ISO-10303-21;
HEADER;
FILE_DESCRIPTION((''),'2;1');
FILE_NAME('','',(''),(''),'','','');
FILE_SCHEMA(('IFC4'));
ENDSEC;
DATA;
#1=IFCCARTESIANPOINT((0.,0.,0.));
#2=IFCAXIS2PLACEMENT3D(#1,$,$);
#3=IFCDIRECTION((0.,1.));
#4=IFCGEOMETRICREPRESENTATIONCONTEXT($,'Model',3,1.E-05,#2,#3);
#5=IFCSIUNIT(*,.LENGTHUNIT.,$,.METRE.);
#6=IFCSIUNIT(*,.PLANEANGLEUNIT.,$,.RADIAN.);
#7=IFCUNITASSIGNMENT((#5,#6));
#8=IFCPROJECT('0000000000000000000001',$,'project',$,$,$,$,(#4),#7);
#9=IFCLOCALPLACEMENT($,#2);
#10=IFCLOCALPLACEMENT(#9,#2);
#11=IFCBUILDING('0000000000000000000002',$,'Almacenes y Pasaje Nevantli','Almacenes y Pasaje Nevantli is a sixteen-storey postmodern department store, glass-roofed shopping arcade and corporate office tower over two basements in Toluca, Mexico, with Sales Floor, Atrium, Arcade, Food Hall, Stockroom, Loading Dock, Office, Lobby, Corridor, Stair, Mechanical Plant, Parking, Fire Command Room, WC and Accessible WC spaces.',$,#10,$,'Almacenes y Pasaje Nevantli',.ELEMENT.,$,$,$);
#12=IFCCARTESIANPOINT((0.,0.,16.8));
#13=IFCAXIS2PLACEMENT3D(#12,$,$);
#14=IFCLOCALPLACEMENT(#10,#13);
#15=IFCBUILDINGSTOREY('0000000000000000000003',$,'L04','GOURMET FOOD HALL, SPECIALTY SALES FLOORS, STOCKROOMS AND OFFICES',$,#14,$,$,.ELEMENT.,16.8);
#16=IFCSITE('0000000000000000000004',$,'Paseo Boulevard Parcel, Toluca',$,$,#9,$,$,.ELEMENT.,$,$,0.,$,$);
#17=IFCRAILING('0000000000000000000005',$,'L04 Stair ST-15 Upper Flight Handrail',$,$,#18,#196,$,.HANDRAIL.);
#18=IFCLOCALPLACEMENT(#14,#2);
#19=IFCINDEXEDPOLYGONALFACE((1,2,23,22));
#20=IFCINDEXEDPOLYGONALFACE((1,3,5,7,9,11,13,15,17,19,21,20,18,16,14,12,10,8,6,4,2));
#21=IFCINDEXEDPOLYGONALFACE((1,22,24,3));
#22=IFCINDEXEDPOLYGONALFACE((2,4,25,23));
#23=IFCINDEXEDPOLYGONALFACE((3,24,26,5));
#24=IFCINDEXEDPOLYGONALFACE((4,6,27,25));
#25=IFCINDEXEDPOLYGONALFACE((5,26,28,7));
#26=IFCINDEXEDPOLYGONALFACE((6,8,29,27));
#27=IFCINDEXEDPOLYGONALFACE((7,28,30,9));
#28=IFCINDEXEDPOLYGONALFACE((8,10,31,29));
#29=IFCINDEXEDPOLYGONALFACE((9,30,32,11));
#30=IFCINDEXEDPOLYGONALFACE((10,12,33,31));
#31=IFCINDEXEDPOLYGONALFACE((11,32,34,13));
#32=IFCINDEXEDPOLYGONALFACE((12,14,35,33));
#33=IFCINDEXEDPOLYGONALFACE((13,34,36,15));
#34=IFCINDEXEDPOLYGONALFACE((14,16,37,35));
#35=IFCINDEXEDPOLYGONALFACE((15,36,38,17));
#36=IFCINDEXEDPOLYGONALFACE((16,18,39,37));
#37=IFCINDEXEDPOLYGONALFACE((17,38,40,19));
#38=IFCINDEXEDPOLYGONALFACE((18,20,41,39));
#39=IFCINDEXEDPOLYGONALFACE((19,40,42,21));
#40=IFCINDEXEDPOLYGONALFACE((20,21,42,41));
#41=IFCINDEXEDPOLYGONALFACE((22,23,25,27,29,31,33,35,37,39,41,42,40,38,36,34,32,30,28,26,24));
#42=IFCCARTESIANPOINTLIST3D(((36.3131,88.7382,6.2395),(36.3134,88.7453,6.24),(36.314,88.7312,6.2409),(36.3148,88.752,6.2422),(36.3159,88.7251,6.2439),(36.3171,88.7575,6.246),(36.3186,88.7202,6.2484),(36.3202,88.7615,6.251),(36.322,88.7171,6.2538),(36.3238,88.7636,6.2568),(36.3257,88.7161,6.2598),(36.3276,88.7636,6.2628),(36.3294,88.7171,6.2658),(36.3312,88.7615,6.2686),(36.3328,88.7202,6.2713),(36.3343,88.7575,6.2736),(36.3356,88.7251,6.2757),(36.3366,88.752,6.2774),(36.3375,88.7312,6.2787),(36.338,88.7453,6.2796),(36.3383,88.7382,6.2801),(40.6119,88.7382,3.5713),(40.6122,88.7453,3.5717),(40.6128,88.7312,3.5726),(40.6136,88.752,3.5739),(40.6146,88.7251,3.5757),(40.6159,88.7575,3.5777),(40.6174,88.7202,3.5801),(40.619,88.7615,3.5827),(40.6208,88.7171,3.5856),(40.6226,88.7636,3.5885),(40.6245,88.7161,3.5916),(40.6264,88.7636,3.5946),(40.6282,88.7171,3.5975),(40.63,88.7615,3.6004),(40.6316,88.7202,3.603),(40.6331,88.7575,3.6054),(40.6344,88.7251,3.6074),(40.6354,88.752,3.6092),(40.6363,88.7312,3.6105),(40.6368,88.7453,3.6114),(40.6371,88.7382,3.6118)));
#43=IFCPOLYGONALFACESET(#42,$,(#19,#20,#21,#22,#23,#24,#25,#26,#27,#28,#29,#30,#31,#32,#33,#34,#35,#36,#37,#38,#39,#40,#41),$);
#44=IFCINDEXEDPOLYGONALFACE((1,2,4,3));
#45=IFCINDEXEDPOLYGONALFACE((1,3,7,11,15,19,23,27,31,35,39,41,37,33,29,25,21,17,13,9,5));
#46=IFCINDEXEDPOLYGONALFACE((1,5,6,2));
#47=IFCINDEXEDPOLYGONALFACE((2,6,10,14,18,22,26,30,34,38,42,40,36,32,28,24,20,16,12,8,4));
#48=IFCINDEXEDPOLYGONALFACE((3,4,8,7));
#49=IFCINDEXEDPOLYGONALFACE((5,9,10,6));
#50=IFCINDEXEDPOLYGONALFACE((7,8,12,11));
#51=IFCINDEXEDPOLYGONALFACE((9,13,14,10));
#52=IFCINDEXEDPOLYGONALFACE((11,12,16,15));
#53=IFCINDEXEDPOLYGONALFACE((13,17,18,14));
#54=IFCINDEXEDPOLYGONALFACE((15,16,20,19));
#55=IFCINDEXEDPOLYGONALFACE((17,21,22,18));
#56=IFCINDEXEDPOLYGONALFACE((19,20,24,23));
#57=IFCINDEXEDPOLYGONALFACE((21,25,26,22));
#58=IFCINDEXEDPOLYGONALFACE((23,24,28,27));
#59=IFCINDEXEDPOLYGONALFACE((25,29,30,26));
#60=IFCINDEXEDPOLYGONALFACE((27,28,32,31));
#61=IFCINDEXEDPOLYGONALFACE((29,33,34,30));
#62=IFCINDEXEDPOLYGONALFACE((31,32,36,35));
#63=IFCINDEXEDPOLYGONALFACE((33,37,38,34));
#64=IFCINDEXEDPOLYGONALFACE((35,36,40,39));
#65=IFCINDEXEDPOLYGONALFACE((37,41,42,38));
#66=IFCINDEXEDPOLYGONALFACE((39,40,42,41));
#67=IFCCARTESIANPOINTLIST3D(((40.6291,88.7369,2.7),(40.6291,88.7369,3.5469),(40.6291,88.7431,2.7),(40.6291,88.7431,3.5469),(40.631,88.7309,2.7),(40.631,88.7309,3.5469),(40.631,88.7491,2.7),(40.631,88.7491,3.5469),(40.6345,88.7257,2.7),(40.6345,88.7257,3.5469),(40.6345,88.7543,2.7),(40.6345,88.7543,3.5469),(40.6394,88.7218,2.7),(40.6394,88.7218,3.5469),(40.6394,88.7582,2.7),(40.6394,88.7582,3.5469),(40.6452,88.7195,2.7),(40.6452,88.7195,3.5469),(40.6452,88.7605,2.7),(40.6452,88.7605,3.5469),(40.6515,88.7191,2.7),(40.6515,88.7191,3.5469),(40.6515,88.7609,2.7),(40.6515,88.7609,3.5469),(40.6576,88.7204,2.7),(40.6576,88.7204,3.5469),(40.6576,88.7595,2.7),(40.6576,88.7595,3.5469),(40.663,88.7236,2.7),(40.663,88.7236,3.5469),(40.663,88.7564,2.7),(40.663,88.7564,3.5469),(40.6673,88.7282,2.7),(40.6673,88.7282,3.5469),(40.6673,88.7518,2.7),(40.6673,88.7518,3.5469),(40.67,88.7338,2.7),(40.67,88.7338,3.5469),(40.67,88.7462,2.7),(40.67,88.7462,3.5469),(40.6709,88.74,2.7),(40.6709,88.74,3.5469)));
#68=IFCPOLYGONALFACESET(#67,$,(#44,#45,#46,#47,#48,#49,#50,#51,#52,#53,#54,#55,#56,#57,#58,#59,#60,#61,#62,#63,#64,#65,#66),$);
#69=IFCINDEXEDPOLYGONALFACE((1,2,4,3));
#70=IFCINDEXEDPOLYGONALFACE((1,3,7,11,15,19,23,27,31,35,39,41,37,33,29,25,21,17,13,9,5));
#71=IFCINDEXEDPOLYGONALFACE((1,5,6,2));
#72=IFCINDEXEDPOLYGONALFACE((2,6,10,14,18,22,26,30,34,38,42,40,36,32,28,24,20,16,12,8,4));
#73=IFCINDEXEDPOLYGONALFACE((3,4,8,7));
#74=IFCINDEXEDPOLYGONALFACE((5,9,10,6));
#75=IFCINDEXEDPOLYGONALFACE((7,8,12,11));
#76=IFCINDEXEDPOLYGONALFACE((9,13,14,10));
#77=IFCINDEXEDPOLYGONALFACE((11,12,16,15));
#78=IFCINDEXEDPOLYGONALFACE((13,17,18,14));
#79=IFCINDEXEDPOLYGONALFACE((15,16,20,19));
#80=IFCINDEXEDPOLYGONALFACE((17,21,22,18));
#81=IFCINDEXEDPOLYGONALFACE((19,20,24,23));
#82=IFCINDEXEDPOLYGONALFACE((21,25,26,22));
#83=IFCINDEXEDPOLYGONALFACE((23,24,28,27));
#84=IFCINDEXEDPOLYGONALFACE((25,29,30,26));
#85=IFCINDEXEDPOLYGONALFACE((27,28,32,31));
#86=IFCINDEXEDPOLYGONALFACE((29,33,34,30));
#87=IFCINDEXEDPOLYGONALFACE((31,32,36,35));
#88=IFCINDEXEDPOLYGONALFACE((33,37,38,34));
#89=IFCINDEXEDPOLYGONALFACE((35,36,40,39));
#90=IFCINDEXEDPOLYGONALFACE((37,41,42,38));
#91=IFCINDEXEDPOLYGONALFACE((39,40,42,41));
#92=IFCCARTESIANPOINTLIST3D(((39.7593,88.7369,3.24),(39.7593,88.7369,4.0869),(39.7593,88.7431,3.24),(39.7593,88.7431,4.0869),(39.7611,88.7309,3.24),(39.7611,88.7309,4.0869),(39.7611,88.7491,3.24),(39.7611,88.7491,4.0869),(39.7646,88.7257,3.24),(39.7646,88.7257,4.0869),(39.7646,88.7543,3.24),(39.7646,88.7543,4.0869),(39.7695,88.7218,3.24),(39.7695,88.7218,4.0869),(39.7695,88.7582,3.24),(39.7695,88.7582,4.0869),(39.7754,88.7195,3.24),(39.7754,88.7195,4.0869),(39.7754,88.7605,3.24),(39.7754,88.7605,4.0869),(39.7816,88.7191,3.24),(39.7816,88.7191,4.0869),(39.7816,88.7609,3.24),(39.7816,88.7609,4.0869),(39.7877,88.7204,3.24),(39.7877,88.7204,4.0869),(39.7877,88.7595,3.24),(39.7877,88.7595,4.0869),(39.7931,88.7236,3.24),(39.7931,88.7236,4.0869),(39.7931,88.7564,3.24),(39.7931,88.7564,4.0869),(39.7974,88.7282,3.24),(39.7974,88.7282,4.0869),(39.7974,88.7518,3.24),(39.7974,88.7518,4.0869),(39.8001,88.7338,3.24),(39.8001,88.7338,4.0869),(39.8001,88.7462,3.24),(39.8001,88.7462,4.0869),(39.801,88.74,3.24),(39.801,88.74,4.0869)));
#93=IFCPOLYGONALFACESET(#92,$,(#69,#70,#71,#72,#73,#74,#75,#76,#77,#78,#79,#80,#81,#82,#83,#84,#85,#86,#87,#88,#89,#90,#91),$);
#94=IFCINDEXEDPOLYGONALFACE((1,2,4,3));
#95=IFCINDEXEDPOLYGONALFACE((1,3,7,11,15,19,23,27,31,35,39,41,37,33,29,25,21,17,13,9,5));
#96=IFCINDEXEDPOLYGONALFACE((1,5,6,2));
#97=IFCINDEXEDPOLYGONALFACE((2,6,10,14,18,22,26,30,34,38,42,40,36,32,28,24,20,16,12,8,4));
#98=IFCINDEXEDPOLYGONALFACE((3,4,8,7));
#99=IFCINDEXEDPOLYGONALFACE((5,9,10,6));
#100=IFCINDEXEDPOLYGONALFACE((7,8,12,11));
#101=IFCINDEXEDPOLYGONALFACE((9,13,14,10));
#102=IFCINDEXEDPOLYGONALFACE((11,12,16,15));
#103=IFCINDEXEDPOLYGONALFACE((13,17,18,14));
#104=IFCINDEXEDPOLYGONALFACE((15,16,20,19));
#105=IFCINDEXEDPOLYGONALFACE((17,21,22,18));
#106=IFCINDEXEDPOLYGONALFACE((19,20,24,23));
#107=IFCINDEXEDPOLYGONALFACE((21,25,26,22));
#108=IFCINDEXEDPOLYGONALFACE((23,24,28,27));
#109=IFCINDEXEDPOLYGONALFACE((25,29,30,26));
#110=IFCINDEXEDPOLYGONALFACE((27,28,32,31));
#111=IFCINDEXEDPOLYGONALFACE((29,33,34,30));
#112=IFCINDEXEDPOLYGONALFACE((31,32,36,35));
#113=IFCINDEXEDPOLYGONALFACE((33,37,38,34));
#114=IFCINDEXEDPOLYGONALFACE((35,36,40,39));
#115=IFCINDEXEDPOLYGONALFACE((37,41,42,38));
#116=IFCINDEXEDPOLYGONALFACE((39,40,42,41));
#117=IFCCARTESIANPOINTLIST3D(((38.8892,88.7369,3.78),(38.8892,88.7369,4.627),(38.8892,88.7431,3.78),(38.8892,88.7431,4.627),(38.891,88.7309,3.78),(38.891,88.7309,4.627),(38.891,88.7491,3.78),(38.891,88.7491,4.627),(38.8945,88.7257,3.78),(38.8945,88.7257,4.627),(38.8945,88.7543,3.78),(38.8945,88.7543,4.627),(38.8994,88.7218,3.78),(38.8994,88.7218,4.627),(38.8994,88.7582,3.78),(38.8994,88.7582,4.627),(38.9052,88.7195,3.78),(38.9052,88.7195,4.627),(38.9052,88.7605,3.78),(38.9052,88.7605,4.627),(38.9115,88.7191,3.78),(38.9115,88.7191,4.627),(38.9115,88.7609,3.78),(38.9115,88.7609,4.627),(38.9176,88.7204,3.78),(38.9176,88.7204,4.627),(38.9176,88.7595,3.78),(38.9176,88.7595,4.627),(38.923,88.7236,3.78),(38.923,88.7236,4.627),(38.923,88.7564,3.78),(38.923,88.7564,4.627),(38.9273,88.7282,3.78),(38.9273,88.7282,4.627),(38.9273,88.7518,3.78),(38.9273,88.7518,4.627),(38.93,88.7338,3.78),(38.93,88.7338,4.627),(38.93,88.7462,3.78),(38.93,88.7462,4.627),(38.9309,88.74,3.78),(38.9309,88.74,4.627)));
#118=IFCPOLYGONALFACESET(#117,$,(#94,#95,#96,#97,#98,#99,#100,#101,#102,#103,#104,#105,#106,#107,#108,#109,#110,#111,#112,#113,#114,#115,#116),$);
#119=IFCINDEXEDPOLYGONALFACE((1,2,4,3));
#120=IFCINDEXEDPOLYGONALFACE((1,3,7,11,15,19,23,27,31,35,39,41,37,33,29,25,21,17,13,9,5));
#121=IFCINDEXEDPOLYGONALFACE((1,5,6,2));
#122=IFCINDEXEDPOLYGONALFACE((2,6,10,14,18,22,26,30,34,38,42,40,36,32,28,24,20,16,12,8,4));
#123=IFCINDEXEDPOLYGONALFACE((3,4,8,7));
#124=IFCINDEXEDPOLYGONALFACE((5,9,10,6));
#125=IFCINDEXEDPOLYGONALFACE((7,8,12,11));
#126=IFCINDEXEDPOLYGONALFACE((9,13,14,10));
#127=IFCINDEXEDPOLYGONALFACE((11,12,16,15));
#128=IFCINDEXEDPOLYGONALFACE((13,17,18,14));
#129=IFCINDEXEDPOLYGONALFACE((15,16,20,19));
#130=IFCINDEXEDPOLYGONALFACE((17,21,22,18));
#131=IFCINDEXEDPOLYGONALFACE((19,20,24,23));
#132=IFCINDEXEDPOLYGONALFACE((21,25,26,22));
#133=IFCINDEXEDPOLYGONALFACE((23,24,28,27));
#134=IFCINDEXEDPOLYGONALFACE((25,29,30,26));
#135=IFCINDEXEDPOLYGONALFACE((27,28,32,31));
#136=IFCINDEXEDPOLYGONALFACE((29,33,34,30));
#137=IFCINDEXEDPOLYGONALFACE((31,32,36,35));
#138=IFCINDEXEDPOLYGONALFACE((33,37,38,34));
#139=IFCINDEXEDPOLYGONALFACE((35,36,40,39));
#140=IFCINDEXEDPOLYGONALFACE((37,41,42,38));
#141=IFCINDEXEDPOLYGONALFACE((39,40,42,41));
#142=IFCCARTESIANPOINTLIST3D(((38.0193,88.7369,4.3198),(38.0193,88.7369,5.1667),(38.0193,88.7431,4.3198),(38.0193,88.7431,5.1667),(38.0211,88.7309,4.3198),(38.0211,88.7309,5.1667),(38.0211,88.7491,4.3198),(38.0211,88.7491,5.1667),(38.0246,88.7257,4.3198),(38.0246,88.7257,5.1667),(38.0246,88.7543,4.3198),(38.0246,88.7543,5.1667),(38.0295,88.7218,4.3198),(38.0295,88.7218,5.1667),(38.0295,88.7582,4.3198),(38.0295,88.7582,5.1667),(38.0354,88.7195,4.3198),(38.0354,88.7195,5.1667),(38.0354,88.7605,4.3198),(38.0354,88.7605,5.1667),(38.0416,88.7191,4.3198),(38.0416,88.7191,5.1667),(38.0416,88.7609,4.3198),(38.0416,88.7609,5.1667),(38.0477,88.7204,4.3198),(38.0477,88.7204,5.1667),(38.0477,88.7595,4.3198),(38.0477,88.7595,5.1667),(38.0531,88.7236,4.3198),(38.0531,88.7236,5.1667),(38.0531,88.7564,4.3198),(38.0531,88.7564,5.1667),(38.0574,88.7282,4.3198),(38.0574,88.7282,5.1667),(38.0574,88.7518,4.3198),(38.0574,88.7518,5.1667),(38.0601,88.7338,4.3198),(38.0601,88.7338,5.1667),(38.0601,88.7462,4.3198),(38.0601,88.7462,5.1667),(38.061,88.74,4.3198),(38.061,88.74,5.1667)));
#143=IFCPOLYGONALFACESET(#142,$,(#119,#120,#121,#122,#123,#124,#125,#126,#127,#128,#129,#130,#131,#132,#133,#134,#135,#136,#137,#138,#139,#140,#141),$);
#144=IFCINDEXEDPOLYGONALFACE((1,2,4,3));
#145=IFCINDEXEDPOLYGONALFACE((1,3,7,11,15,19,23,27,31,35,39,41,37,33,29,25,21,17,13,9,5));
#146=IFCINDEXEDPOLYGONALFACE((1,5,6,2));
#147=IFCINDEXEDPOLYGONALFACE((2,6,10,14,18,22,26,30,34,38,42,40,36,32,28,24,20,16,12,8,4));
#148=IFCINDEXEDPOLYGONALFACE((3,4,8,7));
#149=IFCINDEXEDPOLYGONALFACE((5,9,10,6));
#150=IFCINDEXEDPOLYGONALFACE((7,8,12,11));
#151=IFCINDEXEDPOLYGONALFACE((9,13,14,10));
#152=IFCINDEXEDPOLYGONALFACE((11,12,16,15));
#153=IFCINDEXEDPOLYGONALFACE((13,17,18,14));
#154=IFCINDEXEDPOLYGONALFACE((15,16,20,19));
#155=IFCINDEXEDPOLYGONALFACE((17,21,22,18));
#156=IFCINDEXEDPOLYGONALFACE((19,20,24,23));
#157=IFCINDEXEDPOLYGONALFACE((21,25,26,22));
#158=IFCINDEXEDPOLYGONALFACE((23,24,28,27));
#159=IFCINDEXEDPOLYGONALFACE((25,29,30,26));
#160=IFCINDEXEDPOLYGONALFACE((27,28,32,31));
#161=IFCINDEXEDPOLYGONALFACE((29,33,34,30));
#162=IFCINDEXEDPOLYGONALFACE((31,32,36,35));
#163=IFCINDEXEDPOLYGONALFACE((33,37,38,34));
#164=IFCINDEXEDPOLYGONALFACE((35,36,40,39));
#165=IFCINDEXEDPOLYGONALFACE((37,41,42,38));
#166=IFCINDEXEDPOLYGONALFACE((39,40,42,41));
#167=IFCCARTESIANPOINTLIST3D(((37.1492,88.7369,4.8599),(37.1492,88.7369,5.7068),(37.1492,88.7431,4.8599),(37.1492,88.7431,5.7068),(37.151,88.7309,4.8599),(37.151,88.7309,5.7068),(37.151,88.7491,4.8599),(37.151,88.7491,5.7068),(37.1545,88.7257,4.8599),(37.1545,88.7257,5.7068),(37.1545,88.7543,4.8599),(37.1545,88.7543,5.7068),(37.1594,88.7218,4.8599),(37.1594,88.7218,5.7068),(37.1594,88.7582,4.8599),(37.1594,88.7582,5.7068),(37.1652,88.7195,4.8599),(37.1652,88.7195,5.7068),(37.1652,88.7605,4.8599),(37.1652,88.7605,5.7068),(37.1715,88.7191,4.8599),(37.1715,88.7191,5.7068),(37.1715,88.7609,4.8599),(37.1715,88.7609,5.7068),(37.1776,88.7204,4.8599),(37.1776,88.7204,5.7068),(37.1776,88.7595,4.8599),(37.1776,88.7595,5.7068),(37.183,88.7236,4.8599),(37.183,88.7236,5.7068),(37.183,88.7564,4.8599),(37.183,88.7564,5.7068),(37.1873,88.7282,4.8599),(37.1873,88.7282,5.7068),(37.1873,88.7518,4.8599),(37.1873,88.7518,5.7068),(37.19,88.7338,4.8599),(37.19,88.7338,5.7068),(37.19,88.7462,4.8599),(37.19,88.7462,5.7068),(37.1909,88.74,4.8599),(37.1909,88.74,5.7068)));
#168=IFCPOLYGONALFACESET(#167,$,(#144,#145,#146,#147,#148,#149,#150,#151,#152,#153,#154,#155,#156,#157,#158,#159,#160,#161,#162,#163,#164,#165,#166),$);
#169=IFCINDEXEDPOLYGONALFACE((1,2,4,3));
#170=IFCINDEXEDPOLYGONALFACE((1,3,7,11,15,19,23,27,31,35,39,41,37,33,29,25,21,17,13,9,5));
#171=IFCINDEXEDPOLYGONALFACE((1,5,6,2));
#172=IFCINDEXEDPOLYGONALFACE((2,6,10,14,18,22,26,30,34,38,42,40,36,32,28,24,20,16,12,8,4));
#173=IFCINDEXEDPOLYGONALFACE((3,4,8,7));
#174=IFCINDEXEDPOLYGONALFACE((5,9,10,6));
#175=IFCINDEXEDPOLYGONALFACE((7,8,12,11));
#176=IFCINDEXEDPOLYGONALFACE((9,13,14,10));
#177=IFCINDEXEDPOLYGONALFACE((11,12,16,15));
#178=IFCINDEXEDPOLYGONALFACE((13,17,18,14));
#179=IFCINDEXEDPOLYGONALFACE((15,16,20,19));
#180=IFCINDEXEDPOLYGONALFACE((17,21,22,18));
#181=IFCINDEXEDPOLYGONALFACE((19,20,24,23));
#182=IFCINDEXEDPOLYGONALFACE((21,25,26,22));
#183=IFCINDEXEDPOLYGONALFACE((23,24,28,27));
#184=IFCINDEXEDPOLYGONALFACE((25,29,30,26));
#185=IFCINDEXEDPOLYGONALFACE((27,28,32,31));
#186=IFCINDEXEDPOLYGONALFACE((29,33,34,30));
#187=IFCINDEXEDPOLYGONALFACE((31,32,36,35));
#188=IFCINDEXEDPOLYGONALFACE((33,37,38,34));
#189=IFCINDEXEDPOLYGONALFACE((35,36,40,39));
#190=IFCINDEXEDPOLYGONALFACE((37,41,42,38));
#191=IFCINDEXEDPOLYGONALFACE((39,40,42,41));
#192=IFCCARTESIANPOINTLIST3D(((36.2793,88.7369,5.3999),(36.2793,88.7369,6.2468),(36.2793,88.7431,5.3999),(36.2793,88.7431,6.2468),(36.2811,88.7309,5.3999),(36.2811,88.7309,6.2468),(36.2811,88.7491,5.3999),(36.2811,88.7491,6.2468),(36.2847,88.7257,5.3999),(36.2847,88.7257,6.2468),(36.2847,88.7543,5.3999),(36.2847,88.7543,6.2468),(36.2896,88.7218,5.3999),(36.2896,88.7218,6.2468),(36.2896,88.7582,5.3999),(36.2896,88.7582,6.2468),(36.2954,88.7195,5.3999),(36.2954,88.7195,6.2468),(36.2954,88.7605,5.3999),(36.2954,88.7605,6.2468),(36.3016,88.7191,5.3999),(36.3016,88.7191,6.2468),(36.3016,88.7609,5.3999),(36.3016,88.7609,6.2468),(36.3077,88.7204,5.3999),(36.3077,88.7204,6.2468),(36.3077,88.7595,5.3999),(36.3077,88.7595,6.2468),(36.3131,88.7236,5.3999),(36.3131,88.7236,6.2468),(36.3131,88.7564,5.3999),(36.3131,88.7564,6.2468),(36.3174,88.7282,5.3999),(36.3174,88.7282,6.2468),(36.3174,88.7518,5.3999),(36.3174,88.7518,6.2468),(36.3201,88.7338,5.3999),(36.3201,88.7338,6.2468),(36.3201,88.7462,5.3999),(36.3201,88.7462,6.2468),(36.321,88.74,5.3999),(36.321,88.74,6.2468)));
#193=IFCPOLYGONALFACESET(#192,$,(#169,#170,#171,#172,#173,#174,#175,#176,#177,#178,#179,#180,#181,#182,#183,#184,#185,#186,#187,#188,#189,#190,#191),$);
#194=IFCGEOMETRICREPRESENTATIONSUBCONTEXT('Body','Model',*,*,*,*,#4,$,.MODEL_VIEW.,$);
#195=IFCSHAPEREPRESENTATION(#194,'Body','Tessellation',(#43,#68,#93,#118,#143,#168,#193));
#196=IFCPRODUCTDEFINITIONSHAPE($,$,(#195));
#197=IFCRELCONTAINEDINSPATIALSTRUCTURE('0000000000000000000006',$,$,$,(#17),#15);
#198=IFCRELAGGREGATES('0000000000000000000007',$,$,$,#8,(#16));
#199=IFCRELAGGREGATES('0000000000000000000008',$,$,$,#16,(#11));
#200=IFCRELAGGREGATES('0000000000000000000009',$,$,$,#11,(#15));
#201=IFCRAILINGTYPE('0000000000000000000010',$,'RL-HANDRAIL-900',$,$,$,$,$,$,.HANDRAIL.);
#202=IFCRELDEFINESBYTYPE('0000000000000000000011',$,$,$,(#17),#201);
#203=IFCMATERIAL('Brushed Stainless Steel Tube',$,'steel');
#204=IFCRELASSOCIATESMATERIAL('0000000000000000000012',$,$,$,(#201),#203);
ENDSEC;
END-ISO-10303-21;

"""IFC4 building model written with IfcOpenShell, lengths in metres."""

from ifc_helpers import new_model, si_unit, direction, frame, origin, origin_2d, place, context, subcontext, project, spatial, circle, extrude, material, type_object, element, save


model = new_model("IFC4")

# Units and contexts
model_context = context("Model", 3, precision=1e-05, world=origin(), true_north=direction((0.0, 1.0)))
body_context = subcontext(model_context, "Body", "Model", "MODEL_VIEW")
ifc_project = project(units=[si_unit("LENGTHUNIT", "METRE"), si_unit("PLANEANGLEUNIT", "RADIAN")], contexts=[model_context])

# Site, building, storey
site_placement = place(None, origin())
site = spatial("IfcSite", under=ifc_project, at=site_placement, Name="Paseo Boulevard Parcel, Toluca", CompositionType="ELEMENT", RefElevation=0.0)
building_placement = place(site_placement, origin())
building = spatial("IfcBuilding", under=site, at=building_placement, Name="Almacenes y Pasaje Nevantli", Description="Almacenes y Pasaje Nevantli is a sixteen-storey postmodern department store, glass-roofed shopping arcade and corporate office tower over two basements in Toluca, Mexico, with Sales Floor, Atrium, Arcade, Food Hall, Stockroom, Loading Dock, Office, Lobby, Corridor, Stair, Mechanical Plant, Parking, Fire Command Room, WC and Accessible WC spaces.", LongName="Almacenes y Pasaje Nevantli", CompositionType="ELEMENT")
storey_placement = place(building_placement, frame((0.0, 0.0, 16.8)))
storey = spatial("IfcBuildingStorey", under=building, at=storey_placement, Name="L04", Description="GOURMET FOOD HALL, SPECIALTY SALES FLOORS, STOCKROOMS AND OFFICES", CompositionType="ELEMENT", Elevation=16.8)

# Railing
ifc_material_1 = material(Name="Brushed Stainless Steel Tube", Category="steel")
railing_type = type_object("IfcRailingType", Name="RL-HANDRAIL-900", PredefinedType="HANDRAIL", material=ifc_material_1)
railing_placement = place(storey_placement, frame((40.6499, 88.74, 2.7)))
element("IfcRailing", 1, at=railing_placement, inside=storey, type_object=railing_type, Name="L04 Stair ST-15 Upper Flight Handrail", PredefinedType="HANDRAIL", context=body_context, shape_type="SweptSolid", body=[
    extrude(circle(Radius=0.0239, at=origin_2d()), frame((-0.0254, 0.0, 0.8916), z_axis=(-0.849636, 0.0, 0.527369), x_axis=(0.0, -1.0, 0.0)), (0.0, 0.0, 1.0), 5.0596),
    extrude(circle(Radius=0.021, at=origin_2d()), origin(), (0.0, 0.0, 1.0), 0.8469),
    extrude(circle(Radius=0.021, at=origin_2d()), frame((-0.8699, 0.0, 0.54)), (0.0, 0.0, 1.0), 0.8469),
    extrude(circle(Radius=0.021, at=origin_2d()), frame((-1.74, 0.0, 1.0801)), (0.0, 0.0, 1.0), 0.8469),
    extrude(circle(Radius=0.021, at=origin_2d()), frame((-2.6099, 0.0, 1.6199)), (0.0, 0.0, 1.0), 0.8469),
    extrude(circle(Radius=0.021, at=origin_2d()), frame((-3.48, 0.0, 2.1599)), (0.0, 0.0, 1.0), 0.8469),
    extrude(circle(Radius=0.021, at=origin_2d()), frame((-4.3499, 0.0, 2.7)), (0.0, 0.0, 1.0), 0.8469),
])

save(model, "model.ifc")
